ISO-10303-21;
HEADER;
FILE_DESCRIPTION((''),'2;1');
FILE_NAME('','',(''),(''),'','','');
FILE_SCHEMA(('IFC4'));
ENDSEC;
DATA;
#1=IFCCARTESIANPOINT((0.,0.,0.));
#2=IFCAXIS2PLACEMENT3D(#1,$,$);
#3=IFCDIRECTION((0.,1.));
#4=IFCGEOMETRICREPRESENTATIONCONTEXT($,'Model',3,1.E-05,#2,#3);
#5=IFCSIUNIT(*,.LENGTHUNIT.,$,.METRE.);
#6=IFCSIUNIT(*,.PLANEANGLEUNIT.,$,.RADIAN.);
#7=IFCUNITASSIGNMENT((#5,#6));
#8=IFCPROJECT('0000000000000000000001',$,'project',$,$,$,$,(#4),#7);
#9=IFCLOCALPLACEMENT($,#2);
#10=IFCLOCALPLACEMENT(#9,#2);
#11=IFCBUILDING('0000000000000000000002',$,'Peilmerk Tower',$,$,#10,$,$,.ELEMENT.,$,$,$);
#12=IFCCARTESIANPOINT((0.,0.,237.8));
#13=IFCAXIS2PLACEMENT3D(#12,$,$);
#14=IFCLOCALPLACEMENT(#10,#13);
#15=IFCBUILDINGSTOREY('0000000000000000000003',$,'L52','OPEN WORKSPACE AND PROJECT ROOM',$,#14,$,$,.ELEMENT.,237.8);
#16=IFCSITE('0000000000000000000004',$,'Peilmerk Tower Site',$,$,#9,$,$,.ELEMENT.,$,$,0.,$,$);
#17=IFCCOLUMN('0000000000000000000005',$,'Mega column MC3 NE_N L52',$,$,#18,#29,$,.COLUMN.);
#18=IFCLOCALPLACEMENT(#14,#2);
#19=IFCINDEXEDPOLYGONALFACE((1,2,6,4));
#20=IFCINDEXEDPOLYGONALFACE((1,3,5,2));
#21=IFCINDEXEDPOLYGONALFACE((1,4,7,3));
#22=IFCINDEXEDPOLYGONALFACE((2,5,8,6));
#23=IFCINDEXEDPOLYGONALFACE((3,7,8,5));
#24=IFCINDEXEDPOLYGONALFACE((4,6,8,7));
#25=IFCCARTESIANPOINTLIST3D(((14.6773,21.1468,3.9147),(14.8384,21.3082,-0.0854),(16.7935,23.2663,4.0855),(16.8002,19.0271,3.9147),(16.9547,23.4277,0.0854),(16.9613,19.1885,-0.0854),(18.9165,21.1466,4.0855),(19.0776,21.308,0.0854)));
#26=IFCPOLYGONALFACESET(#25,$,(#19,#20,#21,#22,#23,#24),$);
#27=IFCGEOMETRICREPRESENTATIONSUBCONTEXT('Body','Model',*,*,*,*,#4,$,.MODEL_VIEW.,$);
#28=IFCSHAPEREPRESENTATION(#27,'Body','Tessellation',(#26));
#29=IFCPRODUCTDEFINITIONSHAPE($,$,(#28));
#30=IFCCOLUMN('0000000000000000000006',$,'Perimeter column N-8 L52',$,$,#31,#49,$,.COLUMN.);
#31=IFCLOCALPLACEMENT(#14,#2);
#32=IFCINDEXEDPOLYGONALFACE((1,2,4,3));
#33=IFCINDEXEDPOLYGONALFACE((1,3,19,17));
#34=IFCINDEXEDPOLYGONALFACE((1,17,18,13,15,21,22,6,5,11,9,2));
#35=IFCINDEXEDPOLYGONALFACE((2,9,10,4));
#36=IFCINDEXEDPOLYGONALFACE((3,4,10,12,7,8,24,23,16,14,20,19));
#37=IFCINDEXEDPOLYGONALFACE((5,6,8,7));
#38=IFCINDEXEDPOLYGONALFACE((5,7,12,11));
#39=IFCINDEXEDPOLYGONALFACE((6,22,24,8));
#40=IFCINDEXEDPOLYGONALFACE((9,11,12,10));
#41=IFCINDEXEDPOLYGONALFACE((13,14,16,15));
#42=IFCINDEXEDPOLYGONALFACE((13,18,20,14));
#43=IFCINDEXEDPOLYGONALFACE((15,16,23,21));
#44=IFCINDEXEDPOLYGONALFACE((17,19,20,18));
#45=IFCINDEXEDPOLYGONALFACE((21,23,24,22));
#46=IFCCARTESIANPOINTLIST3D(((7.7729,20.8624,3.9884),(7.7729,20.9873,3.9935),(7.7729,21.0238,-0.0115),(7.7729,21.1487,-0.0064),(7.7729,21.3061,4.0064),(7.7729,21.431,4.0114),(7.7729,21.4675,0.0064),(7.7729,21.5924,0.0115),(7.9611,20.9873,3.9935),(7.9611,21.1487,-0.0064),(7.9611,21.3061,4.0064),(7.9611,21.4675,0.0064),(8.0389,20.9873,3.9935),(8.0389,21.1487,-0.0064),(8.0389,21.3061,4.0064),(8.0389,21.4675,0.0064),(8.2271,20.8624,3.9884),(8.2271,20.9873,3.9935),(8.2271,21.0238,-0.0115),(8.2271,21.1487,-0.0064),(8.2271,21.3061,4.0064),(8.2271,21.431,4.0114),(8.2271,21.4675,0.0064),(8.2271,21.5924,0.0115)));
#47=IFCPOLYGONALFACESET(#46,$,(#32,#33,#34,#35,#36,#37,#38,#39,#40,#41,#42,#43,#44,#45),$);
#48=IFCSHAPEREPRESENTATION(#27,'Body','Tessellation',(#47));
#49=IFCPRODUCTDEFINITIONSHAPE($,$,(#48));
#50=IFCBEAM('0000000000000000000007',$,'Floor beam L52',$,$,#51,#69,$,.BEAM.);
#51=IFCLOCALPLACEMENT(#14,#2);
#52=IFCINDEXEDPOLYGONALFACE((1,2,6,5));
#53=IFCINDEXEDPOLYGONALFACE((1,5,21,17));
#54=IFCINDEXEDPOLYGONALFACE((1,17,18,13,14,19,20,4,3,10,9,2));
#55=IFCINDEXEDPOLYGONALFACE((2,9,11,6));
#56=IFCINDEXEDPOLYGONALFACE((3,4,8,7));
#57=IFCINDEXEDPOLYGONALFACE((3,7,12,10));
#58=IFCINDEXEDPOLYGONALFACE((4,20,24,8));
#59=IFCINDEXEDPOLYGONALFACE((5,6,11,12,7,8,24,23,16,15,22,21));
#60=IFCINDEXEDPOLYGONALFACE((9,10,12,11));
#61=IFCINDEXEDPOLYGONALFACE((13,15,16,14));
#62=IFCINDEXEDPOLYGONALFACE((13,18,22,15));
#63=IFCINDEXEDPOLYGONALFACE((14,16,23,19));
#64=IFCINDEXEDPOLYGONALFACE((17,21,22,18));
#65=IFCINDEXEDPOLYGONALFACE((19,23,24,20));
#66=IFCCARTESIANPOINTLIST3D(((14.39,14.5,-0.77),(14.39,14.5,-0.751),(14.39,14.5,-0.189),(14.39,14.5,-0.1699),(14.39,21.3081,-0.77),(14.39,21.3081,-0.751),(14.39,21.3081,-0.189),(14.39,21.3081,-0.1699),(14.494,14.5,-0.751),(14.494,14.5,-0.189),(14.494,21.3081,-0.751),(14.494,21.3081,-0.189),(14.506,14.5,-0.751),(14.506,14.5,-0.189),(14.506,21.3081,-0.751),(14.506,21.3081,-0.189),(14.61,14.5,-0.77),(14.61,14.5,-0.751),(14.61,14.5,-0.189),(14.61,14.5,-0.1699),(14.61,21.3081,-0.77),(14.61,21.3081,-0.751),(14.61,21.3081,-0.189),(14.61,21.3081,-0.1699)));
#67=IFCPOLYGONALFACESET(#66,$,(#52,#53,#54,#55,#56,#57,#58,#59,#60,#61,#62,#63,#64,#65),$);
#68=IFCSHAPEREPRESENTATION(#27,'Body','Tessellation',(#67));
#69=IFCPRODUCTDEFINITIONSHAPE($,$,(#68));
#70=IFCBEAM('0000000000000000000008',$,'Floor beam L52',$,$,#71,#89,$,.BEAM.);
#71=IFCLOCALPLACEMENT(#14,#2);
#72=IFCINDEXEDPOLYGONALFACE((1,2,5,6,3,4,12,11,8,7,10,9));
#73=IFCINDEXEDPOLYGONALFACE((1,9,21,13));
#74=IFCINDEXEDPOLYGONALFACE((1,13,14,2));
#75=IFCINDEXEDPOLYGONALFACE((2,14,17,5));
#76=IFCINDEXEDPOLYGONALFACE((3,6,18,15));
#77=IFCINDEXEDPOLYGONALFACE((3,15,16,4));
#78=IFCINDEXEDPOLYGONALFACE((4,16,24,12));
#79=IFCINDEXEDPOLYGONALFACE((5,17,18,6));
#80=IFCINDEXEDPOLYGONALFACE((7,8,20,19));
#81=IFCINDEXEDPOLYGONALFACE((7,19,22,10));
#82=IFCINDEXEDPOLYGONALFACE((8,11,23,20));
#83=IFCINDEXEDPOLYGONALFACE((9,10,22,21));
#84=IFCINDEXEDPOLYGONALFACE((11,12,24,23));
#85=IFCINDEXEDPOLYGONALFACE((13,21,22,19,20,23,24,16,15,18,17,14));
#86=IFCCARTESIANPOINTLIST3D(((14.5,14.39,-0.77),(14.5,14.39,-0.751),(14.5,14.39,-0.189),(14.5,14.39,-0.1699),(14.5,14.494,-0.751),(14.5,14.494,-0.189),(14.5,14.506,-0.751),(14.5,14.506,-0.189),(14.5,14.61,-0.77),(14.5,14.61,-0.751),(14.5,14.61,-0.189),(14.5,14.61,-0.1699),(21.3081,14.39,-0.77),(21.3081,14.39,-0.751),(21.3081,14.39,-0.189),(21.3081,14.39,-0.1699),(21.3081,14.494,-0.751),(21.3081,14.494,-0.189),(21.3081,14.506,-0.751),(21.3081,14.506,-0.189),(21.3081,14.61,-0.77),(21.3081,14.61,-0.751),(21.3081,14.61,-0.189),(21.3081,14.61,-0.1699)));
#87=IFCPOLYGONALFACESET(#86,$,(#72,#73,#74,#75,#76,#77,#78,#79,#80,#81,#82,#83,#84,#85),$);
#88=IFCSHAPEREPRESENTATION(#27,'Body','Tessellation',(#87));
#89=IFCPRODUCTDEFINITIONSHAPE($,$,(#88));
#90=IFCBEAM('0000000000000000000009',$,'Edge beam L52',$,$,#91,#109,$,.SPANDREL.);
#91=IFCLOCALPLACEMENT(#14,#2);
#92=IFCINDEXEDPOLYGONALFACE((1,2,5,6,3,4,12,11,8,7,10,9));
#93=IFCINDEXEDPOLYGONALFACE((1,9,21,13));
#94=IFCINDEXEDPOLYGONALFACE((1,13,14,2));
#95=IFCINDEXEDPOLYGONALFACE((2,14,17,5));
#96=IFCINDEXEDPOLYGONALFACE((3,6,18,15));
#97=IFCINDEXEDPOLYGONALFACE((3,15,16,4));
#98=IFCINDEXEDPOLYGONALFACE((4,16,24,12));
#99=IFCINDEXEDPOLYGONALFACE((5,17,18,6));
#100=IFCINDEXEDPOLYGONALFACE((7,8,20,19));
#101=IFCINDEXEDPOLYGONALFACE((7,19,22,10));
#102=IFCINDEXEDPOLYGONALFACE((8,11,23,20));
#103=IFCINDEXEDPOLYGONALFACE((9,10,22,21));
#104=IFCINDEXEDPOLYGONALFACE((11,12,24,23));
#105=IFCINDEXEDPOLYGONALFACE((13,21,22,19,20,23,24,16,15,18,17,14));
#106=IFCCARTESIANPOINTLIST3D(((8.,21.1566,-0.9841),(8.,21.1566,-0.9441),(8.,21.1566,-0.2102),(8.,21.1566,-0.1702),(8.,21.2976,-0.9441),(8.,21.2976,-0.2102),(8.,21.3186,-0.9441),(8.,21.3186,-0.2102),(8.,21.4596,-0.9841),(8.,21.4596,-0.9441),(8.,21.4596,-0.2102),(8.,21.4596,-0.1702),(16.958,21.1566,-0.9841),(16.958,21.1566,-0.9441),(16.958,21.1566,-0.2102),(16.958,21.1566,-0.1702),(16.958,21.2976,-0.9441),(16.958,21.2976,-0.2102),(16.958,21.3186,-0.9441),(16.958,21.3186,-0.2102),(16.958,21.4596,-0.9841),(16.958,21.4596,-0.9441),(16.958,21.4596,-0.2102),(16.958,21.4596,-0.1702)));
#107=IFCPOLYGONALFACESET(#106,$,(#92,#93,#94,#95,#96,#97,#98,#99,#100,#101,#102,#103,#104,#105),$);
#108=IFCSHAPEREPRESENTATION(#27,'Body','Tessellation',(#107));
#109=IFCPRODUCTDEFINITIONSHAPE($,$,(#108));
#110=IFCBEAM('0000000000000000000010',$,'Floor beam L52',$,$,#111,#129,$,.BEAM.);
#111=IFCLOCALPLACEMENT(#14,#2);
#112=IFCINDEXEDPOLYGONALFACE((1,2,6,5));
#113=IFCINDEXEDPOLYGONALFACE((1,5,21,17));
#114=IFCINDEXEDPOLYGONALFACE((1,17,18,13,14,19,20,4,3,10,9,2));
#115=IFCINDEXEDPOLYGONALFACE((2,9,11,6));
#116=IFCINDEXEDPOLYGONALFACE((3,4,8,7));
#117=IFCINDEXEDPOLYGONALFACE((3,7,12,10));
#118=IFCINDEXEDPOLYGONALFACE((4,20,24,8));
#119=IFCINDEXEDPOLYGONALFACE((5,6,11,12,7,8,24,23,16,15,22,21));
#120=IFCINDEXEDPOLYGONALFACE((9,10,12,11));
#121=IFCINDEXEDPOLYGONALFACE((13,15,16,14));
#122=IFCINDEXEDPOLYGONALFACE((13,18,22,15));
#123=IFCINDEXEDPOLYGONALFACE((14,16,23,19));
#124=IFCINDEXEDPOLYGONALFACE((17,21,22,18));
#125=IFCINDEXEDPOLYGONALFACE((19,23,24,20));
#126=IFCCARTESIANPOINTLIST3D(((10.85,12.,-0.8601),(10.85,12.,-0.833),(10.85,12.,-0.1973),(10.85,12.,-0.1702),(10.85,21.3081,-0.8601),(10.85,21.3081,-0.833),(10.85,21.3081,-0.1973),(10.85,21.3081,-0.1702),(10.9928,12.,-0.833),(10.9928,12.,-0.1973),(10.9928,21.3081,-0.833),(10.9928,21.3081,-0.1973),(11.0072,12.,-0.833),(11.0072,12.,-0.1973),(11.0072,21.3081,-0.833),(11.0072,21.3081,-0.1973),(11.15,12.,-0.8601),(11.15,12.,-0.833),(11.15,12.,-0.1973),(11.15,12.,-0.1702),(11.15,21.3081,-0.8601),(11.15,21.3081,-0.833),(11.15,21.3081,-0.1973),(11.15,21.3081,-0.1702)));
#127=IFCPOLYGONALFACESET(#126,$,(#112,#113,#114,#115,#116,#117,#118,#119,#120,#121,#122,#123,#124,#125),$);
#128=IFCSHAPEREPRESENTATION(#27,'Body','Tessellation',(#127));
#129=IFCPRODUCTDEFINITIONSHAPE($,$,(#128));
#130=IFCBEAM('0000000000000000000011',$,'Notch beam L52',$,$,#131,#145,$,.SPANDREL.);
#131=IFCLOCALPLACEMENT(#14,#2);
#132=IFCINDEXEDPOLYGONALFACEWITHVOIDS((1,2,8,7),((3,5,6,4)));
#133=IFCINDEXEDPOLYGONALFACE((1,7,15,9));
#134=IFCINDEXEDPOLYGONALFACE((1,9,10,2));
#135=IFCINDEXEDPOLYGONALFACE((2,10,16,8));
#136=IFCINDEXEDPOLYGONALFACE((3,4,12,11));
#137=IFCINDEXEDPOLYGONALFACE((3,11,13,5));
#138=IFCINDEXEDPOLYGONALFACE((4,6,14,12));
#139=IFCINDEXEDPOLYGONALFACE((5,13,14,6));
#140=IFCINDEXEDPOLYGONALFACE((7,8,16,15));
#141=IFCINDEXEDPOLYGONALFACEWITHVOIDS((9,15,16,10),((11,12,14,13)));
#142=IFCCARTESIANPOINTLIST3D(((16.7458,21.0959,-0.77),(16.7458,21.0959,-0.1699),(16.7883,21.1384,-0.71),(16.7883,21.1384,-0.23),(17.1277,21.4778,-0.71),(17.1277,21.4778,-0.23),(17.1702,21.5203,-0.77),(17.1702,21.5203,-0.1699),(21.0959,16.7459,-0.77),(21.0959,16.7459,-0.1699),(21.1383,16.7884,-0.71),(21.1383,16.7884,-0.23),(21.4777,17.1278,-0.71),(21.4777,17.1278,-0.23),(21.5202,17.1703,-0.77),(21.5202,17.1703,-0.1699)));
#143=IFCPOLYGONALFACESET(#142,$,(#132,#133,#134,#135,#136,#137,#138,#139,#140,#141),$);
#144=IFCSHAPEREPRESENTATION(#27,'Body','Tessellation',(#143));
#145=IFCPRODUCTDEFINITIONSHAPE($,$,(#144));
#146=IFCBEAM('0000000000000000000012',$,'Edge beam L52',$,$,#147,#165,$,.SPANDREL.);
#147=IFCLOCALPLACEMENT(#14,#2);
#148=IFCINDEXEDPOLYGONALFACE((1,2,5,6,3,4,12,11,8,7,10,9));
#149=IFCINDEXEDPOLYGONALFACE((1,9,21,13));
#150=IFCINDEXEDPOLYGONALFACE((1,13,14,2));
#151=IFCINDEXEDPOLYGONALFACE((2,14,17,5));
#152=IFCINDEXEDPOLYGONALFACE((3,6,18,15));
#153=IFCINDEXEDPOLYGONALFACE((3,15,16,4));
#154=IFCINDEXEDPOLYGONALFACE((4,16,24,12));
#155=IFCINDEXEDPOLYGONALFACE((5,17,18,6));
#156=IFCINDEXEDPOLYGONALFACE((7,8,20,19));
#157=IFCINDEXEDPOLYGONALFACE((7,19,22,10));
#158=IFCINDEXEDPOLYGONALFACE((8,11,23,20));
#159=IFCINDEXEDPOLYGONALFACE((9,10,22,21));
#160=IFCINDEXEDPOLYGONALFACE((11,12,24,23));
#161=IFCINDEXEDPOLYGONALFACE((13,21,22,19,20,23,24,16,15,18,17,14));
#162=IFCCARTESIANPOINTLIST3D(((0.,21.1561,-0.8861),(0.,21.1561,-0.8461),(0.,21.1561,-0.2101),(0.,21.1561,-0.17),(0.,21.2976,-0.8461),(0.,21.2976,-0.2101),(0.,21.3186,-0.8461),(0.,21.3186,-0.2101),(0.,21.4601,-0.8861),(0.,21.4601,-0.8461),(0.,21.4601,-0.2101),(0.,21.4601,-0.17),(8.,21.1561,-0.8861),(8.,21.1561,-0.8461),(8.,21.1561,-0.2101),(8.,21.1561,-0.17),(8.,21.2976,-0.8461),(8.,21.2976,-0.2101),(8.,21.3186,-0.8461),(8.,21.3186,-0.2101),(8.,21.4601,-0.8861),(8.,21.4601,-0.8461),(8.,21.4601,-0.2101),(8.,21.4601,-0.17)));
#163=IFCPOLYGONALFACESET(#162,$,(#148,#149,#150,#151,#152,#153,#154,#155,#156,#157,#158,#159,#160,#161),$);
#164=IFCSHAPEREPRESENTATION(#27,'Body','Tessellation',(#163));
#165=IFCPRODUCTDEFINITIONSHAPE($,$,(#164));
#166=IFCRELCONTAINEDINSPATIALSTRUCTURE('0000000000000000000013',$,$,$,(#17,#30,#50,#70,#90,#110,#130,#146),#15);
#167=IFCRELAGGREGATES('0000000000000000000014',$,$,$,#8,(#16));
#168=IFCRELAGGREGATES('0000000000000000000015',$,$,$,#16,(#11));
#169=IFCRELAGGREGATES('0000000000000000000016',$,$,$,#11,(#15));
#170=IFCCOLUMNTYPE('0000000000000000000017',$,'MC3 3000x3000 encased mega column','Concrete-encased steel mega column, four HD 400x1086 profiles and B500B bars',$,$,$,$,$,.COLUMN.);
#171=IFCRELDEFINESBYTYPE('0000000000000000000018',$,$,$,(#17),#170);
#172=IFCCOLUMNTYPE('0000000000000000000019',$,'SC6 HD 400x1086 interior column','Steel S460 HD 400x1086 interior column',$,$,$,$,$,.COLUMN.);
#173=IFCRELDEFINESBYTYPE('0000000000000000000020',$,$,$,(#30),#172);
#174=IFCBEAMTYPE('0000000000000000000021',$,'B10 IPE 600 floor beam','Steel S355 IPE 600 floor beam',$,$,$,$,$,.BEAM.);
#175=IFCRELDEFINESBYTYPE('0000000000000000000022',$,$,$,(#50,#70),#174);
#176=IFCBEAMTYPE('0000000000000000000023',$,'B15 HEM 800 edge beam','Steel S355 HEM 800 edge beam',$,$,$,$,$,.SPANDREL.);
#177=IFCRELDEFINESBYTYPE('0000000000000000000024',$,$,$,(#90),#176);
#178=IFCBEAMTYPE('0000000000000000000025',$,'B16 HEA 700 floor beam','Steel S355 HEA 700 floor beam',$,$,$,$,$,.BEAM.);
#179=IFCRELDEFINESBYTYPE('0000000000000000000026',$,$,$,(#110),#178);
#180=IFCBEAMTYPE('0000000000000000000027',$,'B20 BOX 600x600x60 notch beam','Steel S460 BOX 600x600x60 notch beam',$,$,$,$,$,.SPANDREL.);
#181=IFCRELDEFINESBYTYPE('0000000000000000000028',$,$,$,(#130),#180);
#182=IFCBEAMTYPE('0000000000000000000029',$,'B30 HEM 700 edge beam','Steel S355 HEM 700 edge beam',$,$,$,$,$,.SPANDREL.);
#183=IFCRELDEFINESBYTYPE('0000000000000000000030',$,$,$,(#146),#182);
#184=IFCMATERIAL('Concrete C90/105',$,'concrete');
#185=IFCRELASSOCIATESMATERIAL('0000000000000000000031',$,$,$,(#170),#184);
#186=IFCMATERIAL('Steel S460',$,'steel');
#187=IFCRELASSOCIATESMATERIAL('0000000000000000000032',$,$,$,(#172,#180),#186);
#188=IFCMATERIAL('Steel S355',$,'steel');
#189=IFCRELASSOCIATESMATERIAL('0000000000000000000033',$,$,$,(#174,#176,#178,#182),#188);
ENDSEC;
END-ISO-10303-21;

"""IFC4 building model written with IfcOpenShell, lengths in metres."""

from ifc_helpers import new_model, si_unit, direction, frame, origin, origin_2d, place, context, subcontext, project, spatial, rectangle, hollow_rectangle, i_section, extrude, material, material_profile, profile_set, type_object, element, save


model = new_model("IFC4")

# Units and contexts
model_context = context("Model", 3, precision=1e-05, world=origin(), true_north=direction((0.0, 1.0)))
body_context = subcontext(model_context, "Body", "Model", "MODEL_VIEW")
ifc_project = project(units=[si_unit("LENGTHUNIT", "METRE"), si_unit("PLANEANGLEUNIT", "RADIAN")], contexts=[model_context])

# Site, building, storey
site_placement = place(None, origin())
site = spatial("IfcSite", under=ifc_project, at=site_placement, Name="Peilmerk Tower Site", CompositionType="ELEMENT", RefElevation=0.0)
building_placement = place(site_placement, origin())
building = spatial("IfcBuilding", under=site, at=building_placement, Name="Peilmerk Tower", CompositionType="ELEMENT")
storey_placement = place(building_placement, frame((0.0, 0.0, 237.8)))
storey = spatial("IfcBuildingStorey", under=building, at=storey_placement, Name="L52", Description="OPEN WORKSPACE AND PROJECT ROOM", CompositionType="ELEMENT", Elevation=237.8)

# Columns
ifc_material_1 = material(Name="Concrete C90/105", Category="concrete")
ifc_material_profile_1 = material_profile(ifc_material_1, rectangle(XDim=3.0, YDim=3.0, at=origin_2d()), Name="RC 3000x3000")
ifc_profile_set_1 = profile_set([ifc_material_profile_1], Name="Concrete C90/105")
column_type_1 = type_object("IfcColumnType", Name="MC3 3000x3000 encased mega column", Description="Concrete-encased steel mega column, four HD 400x1086 profiles and B500B bars", PredefinedType="COLUMN", material=ifc_profile_set_1)
column_1_placement = place(storey_placement, frame((16.958, 21.3081, 0.0), z_axis=(-0.040218, -0.040279, 0.998379), x_axis=(0.707642, -0.706571, 0.0)))
element("IfcColumn", 1, at=column_1_placement, inside=storey, type_object=column_type_1, Name="Mega column MC3 NE_N L52", PredefinedType="COLUMN", context=body_context, shape_type="SweptSolid", body=[
    extrude(rectangle(XDim=3.0, YDim=3.0, at=origin_2d()), origin(), (0.0, 0.0, 1.0), 4.0066),
])
ifc_material_2 = material(Name="Steel S460", Category="steel")
ifc_material_profile_2 = material_profile(ifc_material_2, i_section(OverallWidth=0.4541, OverallDepth=0.5691, WebThickness=0.0779, FlangeThickness=0.125, at=origin_2d()), Name="HD 400x1086")
ifc_profile_set_2 = profile_set([ifc_material_profile_2], Name="Steel S460")
column_type_2 = type_object("IfcColumnType", Name="SC6 HD 400x1086 interior column", Description="Steel S460 HD 400x1086 interior column", PredefinedType="COLUMN", material=ifc_profile_set_2)
column_2_placement = place(storey_placement, frame((8.0, 21.3081, 0.0), z_axis=(0.0, -0.040311, 0.999187), x_axis=(1.0, 0.0, 0.0)))
element("IfcColumn", 2, at=column_2_placement, inside=storey, type_object=column_type_2, Name="Perimeter column N-8 L52", PredefinedType="COLUMN", context=body_context, shape_type="SweptSolid", body=[
    extrude(i_section(OverallWidth=0.4541, OverallDepth=0.5691, WebThickness=0.0779, FlangeThickness=0.125, at=origin_2d()), origin(), (0.0, 0.0, 1.0), 4.0032),
])

# Beams
ifc_material_3 = material(Name="Steel S355", Category="steel")
ifc_material_profile_3 = material_profile(ifc_material_3, i_section(OverallWidth=0.22, OverallDepth=0.6001, WebThickness=0.012, FlangeThickness=0.019, at=origin_2d()), Name="IPE 600")
ifc_profile_set_3 = profile_set([ifc_material_profile_3], Name="Steel S355")
beam_type_1 = type_object("IfcBeamType", Name="B10 IPE 600 floor beam", Description="Steel S355 IPE 600 floor beam", PredefinedType="BEAM", material=ifc_profile_set_3)
for number, where, z_axis, x_axis, name in (
    (3, (14.5, 14.5, -0.47), (0.0, 1.0, 0.0), (-1.0, 0.0, 0.0), "Floor beam L52"),
    (4, (14.5, 14.5, -0.47), (1.0, 0.0, 0.0), (0.0, 1.0, 0.0), "Floor beam L52"),
):
    element("IfcBeam", number, at=place(storey_placement, frame(where, z_axis=z_axis, x_axis=x_axis)), inside=storey, type_object=beam_type_1, Name=name, PredefinedType="BEAM", context=body_context, shape_type="SweptSolid", body=[
        extrude(i_section(OverallWidth=0.22, OverallDepth=0.6001, WebThickness=0.012, FlangeThickness=0.019, at=origin_2d()), origin(), (0.0, 0.0, 1.0), 6.8081),
    ])
ifc_material_profile_4 = material_profile(ifc_material_3, i_section(OverallWidth=0.303, OverallDepth=0.814, WebThickness=0.021, FlangeThickness=0.04, at=origin_2d()), Name="HEM 800")
ifc_profile_set_4 = profile_set([ifc_material_profile_4], Name="Steel S355")
beam_type_2 = type_object("IfcBeamType", Name="B15 HEM 800 edge beam", Description="Steel S355 HEM 800 edge beam", PredefinedType="SPANDREL", material=ifc_profile_set_4)
beam_1_placement = place(storey_placement, frame((16.958, 21.3081, -0.5771), z_axis=(-1.0, 0.0, 0.0), x_axis=(0.0, -1.0, 0.0)))
element("IfcBeam", 5, at=beam_1_placement, inside=storey, type_object=beam_type_2, Name="Edge beam L52", PredefinedType="SPANDREL", context=body_context, shape_type="SweptSolid", body=[
    extrude(i_section(OverallWidth=0.303, OverallDepth=0.814, WebThickness=0.021, FlangeThickness=0.04, at=origin_2d()), origin(), (0.0, 0.0, 1.0), 8.958),
])
ifc_material_profile_5 = material_profile(ifc_material_3, i_section(OverallWidth=0.3, OverallDepth=0.6899, WebThickness=0.0144, FlangeThickness=0.0271, at=origin_2d()), Name="HEA 700")
ifc_profile_set_5 = profile_set([ifc_material_profile_5], Name="Steel S355")
beam_type_3 = type_object("IfcBeamType", Name="B16 HEA 700 floor beam", Description="Steel S355 HEA 700 floor beam", PredefinedType="BEAM", material=ifc_profile_set_5)
beam_2_placement = place(storey_placement, frame((11.0, 12.0, -0.5151), z_axis=(0.0, 1.0, 0.0), x_axis=(-1.0, 0.0, 0.0)))
element("IfcBeam", 6, at=beam_2_placement, inside=storey, type_object=beam_type_3, Name="Floor beam L52", PredefinedType="BEAM", context=body_context, shape_type="SweptSolid", body=[
    extrude(i_section(OverallWidth=0.3, OverallDepth=0.6899, WebThickness=0.0144, FlangeThickness=0.0271, at=origin_2d()), origin(), (0.0, 0.0, 1.0), 9.3081),
])
ifc_material_profile_6 = material_profile(ifc_material_2, hollow_rectangle(XDim=0.6001, YDim=0.6001, WallThickness=0.0601, at=origin_2d()), Name="BOX 600x600x60")
ifc_profile_set_6 = profile_set([ifc_material_profile_6], Name="Steel S460")
beam_type_4 = type_object("IfcBeamType", Name="B20 BOX 600x600x60 notch beam", Description="Steel S460 BOX 600x600x60 notch beam", PredefinedType="SPANDREL", material=ifc_profile_set_6)
beam_3_placement = place(storey_placement, frame((16.958, 21.3081, -0.47), z_axis=(0.707107, -0.707107, 0.0), x_axis=(0.707107, 0.707107, 0.0)))
element("IfcBeam", 7, at=beam_3_placement, inside=storey, type_object=beam_type_4, Name="Notch beam L52", PredefinedType="SPANDREL", context=body_context, shape_type="SweptSolid", body=[
    extrude(hollow_rectangle(XDim=0.6001, YDim=0.6001, WallThickness=0.0601, at=origin_2d()), origin(), (0.0, 0.0, 1.0), 6.1519),
])
ifc_material_profile_7 = material_profile(ifc_material_3, i_section(OverallWidth=0.304, OverallDepth=0.7161, WebThickness=0.021, FlangeThickness=0.04, at=origin_2d()), Name="HEM 700")
ifc_profile_set_7 = profile_set([ifc_material_profile_7], Name="Steel S355")
beam_type_5 = type_object("IfcBeamType", Name="B30 HEM 700 edge beam", Description="Steel S355 HEM 700 edge beam", PredefinedType="SPANDREL", material=ifc_profile_set_7)
beam_4_placement = place(storey_placement, frame((8.0, 21.3081, -0.5281), z_axis=(-1.0, 0.0, 0.0), x_axis=(0.0, -1.0, 0.0)))
element("IfcBeam", 8, at=beam_4_placement, inside=storey, type_object=beam_type_5, Name="Edge beam L52", PredefinedType="SPANDREL", context=body_context, shape_type="SweptSolid", body=[
    extrude(i_section(OverallWidth=0.304, OverallDepth=0.7161, WebThickness=0.021, FlangeThickness=0.04, at=origin_2d()), origin(), (0.0, 0.0, 1.0), 8.0),
])

save(model, "model.ifc")
